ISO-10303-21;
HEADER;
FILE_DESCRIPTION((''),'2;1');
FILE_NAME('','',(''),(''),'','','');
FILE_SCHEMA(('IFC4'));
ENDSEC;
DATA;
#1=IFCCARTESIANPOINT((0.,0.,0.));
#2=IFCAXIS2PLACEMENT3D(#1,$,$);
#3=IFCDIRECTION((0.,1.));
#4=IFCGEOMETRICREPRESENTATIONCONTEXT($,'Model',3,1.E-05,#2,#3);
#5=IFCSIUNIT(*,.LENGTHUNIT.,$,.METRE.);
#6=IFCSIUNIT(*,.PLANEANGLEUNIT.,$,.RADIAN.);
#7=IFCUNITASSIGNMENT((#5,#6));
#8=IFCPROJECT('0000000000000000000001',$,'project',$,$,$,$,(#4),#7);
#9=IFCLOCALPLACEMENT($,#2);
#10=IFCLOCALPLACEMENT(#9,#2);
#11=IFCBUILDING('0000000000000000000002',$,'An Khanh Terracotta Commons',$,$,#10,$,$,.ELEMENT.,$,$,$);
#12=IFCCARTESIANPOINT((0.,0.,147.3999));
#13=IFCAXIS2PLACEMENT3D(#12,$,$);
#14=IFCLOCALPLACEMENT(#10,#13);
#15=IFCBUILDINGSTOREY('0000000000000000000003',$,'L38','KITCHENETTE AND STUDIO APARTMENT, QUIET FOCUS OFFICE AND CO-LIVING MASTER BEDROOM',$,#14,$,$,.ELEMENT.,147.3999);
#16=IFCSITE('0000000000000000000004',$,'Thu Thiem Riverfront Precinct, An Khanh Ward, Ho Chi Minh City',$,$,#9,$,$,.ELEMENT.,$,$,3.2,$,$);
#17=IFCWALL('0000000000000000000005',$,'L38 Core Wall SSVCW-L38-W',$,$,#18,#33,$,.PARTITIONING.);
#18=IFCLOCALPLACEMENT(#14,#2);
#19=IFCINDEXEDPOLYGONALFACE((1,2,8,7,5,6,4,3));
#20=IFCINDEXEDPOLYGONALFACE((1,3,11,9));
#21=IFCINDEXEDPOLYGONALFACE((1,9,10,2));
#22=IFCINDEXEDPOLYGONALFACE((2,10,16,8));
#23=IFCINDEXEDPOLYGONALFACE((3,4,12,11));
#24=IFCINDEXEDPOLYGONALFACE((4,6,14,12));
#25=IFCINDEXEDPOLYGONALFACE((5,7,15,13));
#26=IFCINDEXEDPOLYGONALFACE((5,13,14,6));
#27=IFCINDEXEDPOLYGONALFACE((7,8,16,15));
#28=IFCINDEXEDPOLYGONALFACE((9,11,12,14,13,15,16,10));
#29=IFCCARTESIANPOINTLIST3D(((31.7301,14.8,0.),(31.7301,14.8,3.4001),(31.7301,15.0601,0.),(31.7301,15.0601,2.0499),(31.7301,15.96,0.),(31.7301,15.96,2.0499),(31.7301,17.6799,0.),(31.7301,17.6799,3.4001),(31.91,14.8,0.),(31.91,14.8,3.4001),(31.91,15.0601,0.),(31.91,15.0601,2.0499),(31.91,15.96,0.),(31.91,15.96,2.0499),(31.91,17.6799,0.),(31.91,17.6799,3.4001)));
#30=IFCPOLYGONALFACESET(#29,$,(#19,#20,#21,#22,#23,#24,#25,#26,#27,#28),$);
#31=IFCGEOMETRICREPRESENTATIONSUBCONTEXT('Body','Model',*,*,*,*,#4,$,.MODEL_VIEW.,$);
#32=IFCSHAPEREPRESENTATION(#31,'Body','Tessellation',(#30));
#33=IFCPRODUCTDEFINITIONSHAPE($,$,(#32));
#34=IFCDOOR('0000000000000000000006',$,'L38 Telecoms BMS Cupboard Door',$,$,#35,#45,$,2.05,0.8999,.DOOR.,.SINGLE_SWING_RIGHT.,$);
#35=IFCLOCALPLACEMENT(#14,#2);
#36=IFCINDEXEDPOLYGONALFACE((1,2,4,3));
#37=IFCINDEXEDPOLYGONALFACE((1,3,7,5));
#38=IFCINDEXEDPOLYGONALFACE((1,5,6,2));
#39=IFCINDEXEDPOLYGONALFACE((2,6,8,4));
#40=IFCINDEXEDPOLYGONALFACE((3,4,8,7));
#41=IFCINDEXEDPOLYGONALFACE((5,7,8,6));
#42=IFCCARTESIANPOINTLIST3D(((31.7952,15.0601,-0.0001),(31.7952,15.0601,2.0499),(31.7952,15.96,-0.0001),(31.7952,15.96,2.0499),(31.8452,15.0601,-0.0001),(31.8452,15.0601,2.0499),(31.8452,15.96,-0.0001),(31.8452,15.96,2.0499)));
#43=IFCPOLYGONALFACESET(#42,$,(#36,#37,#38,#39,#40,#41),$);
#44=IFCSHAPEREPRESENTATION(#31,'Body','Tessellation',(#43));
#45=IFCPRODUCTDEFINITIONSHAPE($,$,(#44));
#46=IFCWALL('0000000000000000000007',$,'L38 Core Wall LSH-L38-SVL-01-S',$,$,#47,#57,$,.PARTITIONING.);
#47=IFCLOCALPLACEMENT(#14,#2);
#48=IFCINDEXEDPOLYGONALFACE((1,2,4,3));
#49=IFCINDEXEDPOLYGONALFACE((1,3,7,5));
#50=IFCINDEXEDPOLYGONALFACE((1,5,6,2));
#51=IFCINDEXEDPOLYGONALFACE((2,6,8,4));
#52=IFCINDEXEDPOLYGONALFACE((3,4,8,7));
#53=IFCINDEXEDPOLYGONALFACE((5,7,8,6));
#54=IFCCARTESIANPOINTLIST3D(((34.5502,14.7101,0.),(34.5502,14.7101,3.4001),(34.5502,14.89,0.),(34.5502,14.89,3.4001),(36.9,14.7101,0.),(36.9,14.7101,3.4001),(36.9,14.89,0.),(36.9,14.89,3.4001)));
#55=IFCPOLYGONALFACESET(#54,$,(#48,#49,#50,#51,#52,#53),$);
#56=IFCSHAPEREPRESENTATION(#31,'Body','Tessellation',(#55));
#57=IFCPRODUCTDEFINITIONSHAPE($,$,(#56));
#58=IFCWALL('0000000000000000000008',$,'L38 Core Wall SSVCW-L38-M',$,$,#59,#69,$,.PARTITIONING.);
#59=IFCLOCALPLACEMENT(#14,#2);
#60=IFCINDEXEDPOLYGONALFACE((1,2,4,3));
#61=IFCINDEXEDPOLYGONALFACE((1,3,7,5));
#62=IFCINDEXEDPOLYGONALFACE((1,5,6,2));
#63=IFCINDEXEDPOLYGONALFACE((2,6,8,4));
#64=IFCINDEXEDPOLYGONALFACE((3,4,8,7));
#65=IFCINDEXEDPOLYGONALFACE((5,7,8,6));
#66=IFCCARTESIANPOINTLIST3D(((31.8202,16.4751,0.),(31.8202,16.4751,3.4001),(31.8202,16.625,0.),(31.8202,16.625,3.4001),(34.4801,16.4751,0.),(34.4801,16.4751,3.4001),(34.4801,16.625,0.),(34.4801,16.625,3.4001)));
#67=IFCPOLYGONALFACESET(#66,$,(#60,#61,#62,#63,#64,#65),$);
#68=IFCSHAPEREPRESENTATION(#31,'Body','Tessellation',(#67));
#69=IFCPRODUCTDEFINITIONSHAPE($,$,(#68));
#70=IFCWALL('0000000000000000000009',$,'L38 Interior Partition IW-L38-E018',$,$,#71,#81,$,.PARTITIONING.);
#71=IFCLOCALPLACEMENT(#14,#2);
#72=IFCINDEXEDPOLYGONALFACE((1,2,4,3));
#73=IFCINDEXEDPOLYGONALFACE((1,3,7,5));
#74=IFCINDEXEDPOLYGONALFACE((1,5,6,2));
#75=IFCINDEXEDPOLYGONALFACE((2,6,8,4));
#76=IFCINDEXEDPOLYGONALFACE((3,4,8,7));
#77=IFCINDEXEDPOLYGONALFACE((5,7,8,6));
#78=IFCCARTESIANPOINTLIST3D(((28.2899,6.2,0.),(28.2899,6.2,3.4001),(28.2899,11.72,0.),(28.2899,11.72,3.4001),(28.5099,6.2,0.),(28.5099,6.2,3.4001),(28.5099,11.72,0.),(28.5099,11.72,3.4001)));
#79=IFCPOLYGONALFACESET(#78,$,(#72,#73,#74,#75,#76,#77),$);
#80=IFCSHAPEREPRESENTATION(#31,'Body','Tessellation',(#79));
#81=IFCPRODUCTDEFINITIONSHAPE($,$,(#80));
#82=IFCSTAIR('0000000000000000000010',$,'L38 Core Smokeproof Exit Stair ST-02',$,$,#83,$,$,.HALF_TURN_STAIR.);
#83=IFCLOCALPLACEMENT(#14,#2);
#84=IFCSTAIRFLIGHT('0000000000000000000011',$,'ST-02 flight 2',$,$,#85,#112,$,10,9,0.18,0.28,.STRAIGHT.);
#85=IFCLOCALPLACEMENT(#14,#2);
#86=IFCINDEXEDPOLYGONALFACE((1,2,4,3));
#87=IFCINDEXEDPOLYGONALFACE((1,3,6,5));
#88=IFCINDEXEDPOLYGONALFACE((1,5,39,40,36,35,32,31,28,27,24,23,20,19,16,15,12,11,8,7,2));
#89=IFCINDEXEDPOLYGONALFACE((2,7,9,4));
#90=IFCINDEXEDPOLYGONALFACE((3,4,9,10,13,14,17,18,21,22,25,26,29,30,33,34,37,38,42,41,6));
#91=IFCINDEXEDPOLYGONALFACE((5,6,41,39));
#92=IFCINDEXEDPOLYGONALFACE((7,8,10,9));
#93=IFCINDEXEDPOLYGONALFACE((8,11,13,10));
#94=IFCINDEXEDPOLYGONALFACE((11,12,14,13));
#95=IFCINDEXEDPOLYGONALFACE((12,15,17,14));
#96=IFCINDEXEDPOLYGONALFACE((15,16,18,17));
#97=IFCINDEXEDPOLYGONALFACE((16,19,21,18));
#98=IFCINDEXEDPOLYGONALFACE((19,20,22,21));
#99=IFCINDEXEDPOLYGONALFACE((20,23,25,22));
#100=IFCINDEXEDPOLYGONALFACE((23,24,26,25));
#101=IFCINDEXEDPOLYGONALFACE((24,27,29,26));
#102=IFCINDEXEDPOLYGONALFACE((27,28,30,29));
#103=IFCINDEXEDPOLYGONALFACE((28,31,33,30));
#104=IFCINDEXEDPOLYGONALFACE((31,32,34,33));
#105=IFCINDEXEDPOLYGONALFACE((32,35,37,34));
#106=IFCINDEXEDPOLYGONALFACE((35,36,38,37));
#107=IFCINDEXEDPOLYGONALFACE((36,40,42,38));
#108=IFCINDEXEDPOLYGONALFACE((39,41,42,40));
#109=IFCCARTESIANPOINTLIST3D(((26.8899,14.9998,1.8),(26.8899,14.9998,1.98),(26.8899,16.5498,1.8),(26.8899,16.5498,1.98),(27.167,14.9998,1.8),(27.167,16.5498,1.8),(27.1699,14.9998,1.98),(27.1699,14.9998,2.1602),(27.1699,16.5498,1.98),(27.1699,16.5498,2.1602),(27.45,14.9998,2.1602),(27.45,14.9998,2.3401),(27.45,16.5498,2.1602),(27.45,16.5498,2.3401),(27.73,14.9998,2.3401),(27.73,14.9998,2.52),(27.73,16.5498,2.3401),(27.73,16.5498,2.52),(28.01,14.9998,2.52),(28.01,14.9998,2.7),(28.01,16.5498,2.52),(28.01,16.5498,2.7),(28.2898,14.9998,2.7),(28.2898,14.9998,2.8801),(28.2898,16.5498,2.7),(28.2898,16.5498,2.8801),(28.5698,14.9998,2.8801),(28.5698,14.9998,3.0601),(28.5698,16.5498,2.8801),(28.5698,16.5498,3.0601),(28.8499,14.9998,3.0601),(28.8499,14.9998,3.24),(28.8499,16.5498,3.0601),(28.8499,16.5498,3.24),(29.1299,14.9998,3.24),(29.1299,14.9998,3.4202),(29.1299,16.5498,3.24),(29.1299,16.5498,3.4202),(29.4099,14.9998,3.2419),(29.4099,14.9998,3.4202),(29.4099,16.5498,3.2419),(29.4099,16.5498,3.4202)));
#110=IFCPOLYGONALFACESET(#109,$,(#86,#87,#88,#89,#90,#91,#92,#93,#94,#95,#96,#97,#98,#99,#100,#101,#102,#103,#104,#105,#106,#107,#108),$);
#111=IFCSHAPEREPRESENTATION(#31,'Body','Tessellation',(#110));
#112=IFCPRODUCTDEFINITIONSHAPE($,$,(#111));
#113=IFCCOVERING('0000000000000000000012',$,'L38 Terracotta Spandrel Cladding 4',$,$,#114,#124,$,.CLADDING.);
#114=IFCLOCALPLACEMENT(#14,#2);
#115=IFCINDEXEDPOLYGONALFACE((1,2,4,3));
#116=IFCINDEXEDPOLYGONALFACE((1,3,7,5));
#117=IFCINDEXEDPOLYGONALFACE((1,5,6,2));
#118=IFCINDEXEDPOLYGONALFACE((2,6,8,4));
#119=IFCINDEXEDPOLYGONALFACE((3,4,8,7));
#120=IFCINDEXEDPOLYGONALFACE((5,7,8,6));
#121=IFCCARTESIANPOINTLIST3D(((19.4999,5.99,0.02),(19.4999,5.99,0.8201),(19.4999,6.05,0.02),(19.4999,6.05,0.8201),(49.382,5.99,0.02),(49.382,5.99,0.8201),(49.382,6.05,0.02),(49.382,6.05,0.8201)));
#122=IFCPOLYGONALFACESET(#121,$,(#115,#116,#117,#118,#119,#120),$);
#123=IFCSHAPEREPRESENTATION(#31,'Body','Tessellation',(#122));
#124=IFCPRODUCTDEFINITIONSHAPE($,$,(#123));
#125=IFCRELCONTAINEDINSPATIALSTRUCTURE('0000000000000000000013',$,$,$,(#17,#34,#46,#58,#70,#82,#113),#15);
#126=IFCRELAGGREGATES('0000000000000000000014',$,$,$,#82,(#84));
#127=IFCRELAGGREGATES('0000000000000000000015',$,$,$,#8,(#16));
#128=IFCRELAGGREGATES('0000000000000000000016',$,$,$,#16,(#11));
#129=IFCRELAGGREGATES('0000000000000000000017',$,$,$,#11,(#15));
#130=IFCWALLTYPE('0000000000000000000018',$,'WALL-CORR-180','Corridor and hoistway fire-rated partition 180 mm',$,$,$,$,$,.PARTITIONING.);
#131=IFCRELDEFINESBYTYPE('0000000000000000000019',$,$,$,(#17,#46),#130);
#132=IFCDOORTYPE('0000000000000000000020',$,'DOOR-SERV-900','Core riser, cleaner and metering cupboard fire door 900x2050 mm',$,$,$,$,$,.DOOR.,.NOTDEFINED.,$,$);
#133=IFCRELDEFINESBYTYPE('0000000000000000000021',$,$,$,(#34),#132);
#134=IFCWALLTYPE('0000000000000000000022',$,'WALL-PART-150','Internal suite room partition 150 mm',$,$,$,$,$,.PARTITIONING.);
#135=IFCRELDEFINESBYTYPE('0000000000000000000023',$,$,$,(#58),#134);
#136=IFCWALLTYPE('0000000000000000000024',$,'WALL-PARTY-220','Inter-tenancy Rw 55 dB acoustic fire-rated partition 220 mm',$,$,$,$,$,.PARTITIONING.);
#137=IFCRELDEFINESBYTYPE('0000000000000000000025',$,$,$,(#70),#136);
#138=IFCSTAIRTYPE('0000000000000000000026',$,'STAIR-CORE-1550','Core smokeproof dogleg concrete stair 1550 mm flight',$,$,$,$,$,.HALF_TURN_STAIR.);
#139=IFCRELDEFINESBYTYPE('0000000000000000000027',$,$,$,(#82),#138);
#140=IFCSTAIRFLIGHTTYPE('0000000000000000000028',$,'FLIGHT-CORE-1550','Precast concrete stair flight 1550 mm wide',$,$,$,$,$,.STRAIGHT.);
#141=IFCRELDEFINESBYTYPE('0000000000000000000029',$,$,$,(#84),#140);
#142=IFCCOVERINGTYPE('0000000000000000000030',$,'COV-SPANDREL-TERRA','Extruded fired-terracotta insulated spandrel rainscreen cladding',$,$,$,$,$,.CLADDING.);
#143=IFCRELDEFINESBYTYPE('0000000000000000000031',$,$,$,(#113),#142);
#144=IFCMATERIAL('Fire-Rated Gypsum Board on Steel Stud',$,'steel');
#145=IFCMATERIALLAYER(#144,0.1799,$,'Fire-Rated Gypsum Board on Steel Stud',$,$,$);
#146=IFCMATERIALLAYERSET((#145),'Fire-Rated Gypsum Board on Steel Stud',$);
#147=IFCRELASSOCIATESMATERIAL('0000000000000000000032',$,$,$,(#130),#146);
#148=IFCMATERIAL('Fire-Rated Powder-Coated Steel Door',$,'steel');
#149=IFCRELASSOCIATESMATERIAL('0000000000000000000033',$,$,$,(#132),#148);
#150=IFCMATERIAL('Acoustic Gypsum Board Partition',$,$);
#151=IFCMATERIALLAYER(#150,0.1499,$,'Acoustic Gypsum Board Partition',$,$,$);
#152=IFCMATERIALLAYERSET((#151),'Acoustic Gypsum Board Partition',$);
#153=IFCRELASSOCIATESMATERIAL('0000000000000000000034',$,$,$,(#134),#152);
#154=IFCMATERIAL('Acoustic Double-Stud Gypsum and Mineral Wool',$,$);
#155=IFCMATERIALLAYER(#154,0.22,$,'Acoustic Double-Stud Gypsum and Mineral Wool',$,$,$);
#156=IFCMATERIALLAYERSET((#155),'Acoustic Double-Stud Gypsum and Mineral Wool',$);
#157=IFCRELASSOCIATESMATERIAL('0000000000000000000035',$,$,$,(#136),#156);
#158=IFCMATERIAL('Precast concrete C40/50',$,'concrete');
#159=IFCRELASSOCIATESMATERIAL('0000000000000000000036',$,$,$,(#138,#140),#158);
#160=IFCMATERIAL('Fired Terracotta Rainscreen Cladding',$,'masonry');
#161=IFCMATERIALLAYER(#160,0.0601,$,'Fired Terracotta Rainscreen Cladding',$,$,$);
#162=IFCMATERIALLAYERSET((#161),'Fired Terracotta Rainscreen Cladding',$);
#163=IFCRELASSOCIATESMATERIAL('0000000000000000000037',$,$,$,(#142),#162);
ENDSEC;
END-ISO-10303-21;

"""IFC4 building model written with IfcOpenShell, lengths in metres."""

from ifc_helpers import new_model, si_unit, direction, frame, frame_2d, origin, origin_2d, place, context, subcontext, project, spatial, polyline, rectangle, outline, extrude, material, layer, layer_set, type_object, element, fill, aggregate, save


model = new_model("IFC4")

# Units and contexts
model_context = context("Model", 3, precision=1e-05, world=origin(), true_north=direction((0.0, 1.0)))
body_context = subcontext(model_context, "Body", "Model", "MODEL_VIEW")
ifc_project = project(units=[si_unit("LENGTHUNIT", "METRE"), si_unit("PLANEANGLEUNIT", "RADIAN")], contexts=[model_context])

# Site, building, storey
site_placement = place(None, origin())
site = spatial("IfcSite", under=ifc_project, at=site_placement, Name="Thu Thiem Riverfront Precinct, An Khanh Ward, Ho Chi Minh City", CompositionType="ELEMENT", RefElevation=3.2)
building_placement = place(site_placement, origin())
building = spatial("IfcBuilding", under=site, at=building_placement, Name="An Khanh Terracotta Commons", CompositionType="ELEMENT")
storey_placement = place(building_placement, frame((0.0, 0.0, 147.3999)))
storey = spatial("IfcBuildingStorey", under=building, at=storey_placement, Name="L38", Description="KITCHENETTE AND STUDIO APARTMENT, QUIET FOCUS OFFICE AND CO-LIVING MASTER BEDROOM", CompositionType="ELEMENT", Elevation=147.3999)

# Wall, opening, door
ifc_material_1 = material(Name="Fire-Rated Gypsum Board on Steel Stud", Category="steel")
ifc_layer_1 = layer(ifc_material_1, 0.1799, Name="Fire-Rated Gypsum Board on Steel Stud")
ifc_layer_set_1 = layer_set([ifc_layer_1], Name="Fire-Rated Gypsum Board on Steel Stud")
wall_type_1 = type_object("IfcWallType", Name="WALL-CORR-180", Description="Corridor and hoistway fire-rated partition 180 mm", PredefinedType="PARTITIONING", material=ifc_layer_set_1)
wall_1_placement = place(storey_placement, frame((31.8201, 14.8, 0.0), z_axis=(0.0, 0.0, 1.0), x_axis=(0.0, 1.0, 0.0)))
wall_1 = element("IfcWall", 1, at=wall_1_placement, inside=storey, type_object=wall_type_1, Name="L38 Core Wall SSVCW-L38-W", PredefinedType="PARTITIONING", context=body_context, shape_type="SweptSolid", body=[
    extrude(rectangle(XDim=2.8799, YDim=0.1799, at=frame_2d((1.4399, 0.0))), origin(), (0.0, 0.0, 1.0), 3.4001),
])
opening_1_placement = place(wall_1_placement, frame((0.26, 0.0, 0.0)))
opening_1 = element("IfcOpeningElement", 2, at=opening_1_placement, cuts=wall_1, PredefinedType="OPENING", context=body_context, shape_type="SweptSolid", body=[
    extrude(rectangle(XDim=0.8999, YDim=2.05, at=frame_2d((0.45, 1.0249))), frame((0.0, 0.0999, 0.0), z_axis=(0.0, -1.0, 0.0), x_axis=(1.0, 0.0, 0.0)), (0.0, 0.0, 1.0), 0.2),
])
ifc_material_2 = material(Name="Fire-Rated Powder-Coated Steel Door", Category="steel")
door_type_1 = type_object("IfcDoorType", Name="DOOR-SERV-900", Description="Core riser, cleaner and metering cupboard fire door 900x2050 mm", OperationType="NOTDEFINED", PredefinedType="DOOR", material=ifc_material_2)
door_1_placement = place(opening_1_placement, origin())
door_1 = element("IfcDoor", 3, at=door_1_placement, inside=storey, type_object=door_type_1, Name="L38 Telecoms BMS Cupboard Door", OperationType="SINGLE_SWING_RIGHT", OverallHeight=2.05, OverallWidth=0.8999, PredefinedType="DOOR", context=body_context, shape_type="SweptSolid", body=[
    extrude(rectangle(XDim=0.8999, YDim=2.05, at=frame_2d((0.45, 1.0249))), frame((0.0, 0.0249, 0.0), z_axis=(0.0, -1.0, 0.0), x_axis=(1.0, 0.0, 0.0)), (0.0, 0.0, 1.0), 0.05),
])
fill(opening_1, door_1)

# Walls
wall_2_placement = place(storey_placement, frame((36.8999, 14.8, 0.0), z_axis=(0.0, 0.0, 1.0), x_axis=(-1.0, 0.0, 0.0)))
element("IfcWall", 4, at=wall_2_placement, inside=storey, type_object=wall_type_1, Name="L38 Core Wall LSH-L38-SVL-01-S", PredefinedType="PARTITIONING", context=body_context, shape_type="SweptSolid", body=[
    extrude(rectangle(XDim=2.3499, YDim=0.1799, at=frame_2d((1.1748, 0.0))), origin(), (0.0, 0.0, 1.0), 3.4001),
])
ifc_material_3 = material(Name="Acoustic Gypsum Board Partition")
ifc_layer_2 = layer(ifc_material_3, 0.1499, Name="Acoustic Gypsum Board Partition")
ifc_layer_set_2 = layer_set([ifc_layer_2], Name="Acoustic Gypsum Board Partition")
wall_type_2 = type_object("IfcWallType", Name="WALL-PART-150", Description="Internal suite room partition 150 mm", PredefinedType="PARTITIONING", material=ifc_layer_set_2)
wall_3_placement = place(storey_placement, frame((31.8201, 16.55, 0.0), z_axis=(0.0, 0.0, 1.0), x_axis=(1.0, 0.0, 0.0)))
element("IfcWall", 5, at=wall_3_placement, inside=storey, type_object=wall_type_2, Name="L38 Core Wall SSVCW-L38-M", PredefinedType="PARTITIONING", context=body_context, shape_type="SweptSolid", body=[
    extrude(rectangle(XDim=2.6599, YDim=0.1499, at=frame_2d((1.3301, 0.0))), origin(), (0.0, 0.0, 1.0), 3.4001),
])
ifc_material_4 = material(Name="Acoustic Double-Stud Gypsum and Mineral Wool")
ifc_layer_3 = layer(ifc_material_4, 0.22, Name="Acoustic Double-Stud Gypsum and Mineral Wool")
ifc_layer_set_3 = layer_set([ifc_layer_3], Name="Acoustic Double-Stud Gypsum and Mineral Wool")
wall_type_3 = type_object("IfcWallType", Name="WALL-PARTY-220", Description="Inter-tenancy Rw 55 dB acoustic fire-rated partition 220 mm", PredefinedType="PARTITIONING", material=ifc_layer_set_3)
wall_4_placement = place(storey_placement, frame((28.3999, 6.2, 0.0), z_axis=(0.0, 0.0, 1.0), x_axis=(0.0, 1.0, 0.0)))
element("IfcWall", 6, at=wall_4_placement, inside=storey, type_object=wall_type_3, Name="L38 Interior Partition IW-L38-E018", PredefinedType="PARTITIONING", context=body_context, shape_type="SweptSolid", body=[
    extrude(rectangle(XDim=5.52, YDim=0.22, at=frame_2d((2.76, 0.0))), origin(), (0.0, 0.0, 1.0), 3.4001),
])

# Stair, stair flight
ifc_material_5 = material(Name="Precast concrete C40/50", Category="concrete")
stair_type = type_object("IfcStairType", Name="STAIR-CORE-1550", Description="Core smokeproof dogleg concrete stair 1550 mm flight", PredefinedType="HALF_TURN_STAIR", material=ifc_material_5)
stair_placement = place(storey_placement, origin())
stair = element("IfcStair", 7, at=stair_placement, inside=storey, type_object=stair_type, Name="L38 Core Smokeproof Exit Stair ST-02", PredefinedType="HALF_TURN_STAIR")
stair_flight_type = type_object("IfcStairFlightType", Name="FLIGHT-CORE-1550", Description="Precast concrete stair flight 1550 mm wide", PredefinedType="STRAIGHT", material=ifc_material_5)
stair_flight_placement = place(storey_placement, frame((26.8899, 15.7749, 1.8), z_axis=(0.0, 0.0, 1.0), x_axis=(1.0, 0.0, 0.0)))
stair_flight = element("IfcStairFlight", 8, at=stair_flight_placement, type_object=stair_flight_type, Name="ST-02 flight 2", NumberOfRisers=10, NumberOfTreads=9, PredefinedType="STRAIGHT", RiserHeight=0.18, TreadLength=0.28, context=body_context, shape_type="SweptSolid", body=[
    extrude(outline(polyline([(0.0, 0.0), (0.0, 0.1799), (0.28, 0.1799), (0.28, 0.3601), (0.5601, 0.3601), (0.5601, 0.54), (0.8401, 0.54), (0.8401, 0.72), (1.1201, 0.72), (1.1201, 0.8999), (1.3999, 0.8999), (1.3999, 1.0801), (1.6799, 1.0801), (1.6799, 1.26), (1.96, 1.26), (1.96, 1.4399), (2.24, 1.4399), (2.24, 1.6201), (2.52, 1.6201), (2.52, 1.8), (2.52, 1.4419), (0.2771, 0.0), (0.0, 0.0)])), frame((0.0, 0.7749, 0.0), z_axis=(0.0, -1.0, 0.0), x_axis=(1.0, 0.0, 0.0)), (0.0, 0.0, 1.0), 1.55),
])
aggregate(stair, [stair_flight])

# Covering
ifc_material_6 = material(Name="Fired Terracotta Rainscreen Cladding", Category="masonry")
ifc_layer_4 = layer(ifc_material_6, 0.0601, Name="Fired Terracotta Rainscreen Cladding")
ifc_layer_set_4 = layer_set([ifc_layer_4], Name="Fired Terracotta Rainscreen Cladding")
covering_type = type_object("IfcCoveringType", Name="COV-SPANDREL-TERRA", Description="Extruded fired-terracotta insulated spandrel rainscreen cladding", PredefinedType="CLADDING", material=ifc_layer_set_4)
covering_placement = place(storey_placement, frame((34.4409, 6.02, 0.02), z_axis=(0.0, 0.0, 1.0), x_axis=(1.0, 0.0, 0.0)))
element("IfcCovering", 9, at=covering_placement, inside=storey, type_object=covering_type, Name="L38 Terracotta Spandrel Cladding 4", PredefinedType="CLADDING", context=body_context, shape_type="SweptSolid", body=[
    extrude(rectangle(XDim=29.8821, YDim=0.0601, at=origin_2d()), origin(), (0.0, 0.0, 1.0), 0.8),
])

save(model, "model.ifc")
